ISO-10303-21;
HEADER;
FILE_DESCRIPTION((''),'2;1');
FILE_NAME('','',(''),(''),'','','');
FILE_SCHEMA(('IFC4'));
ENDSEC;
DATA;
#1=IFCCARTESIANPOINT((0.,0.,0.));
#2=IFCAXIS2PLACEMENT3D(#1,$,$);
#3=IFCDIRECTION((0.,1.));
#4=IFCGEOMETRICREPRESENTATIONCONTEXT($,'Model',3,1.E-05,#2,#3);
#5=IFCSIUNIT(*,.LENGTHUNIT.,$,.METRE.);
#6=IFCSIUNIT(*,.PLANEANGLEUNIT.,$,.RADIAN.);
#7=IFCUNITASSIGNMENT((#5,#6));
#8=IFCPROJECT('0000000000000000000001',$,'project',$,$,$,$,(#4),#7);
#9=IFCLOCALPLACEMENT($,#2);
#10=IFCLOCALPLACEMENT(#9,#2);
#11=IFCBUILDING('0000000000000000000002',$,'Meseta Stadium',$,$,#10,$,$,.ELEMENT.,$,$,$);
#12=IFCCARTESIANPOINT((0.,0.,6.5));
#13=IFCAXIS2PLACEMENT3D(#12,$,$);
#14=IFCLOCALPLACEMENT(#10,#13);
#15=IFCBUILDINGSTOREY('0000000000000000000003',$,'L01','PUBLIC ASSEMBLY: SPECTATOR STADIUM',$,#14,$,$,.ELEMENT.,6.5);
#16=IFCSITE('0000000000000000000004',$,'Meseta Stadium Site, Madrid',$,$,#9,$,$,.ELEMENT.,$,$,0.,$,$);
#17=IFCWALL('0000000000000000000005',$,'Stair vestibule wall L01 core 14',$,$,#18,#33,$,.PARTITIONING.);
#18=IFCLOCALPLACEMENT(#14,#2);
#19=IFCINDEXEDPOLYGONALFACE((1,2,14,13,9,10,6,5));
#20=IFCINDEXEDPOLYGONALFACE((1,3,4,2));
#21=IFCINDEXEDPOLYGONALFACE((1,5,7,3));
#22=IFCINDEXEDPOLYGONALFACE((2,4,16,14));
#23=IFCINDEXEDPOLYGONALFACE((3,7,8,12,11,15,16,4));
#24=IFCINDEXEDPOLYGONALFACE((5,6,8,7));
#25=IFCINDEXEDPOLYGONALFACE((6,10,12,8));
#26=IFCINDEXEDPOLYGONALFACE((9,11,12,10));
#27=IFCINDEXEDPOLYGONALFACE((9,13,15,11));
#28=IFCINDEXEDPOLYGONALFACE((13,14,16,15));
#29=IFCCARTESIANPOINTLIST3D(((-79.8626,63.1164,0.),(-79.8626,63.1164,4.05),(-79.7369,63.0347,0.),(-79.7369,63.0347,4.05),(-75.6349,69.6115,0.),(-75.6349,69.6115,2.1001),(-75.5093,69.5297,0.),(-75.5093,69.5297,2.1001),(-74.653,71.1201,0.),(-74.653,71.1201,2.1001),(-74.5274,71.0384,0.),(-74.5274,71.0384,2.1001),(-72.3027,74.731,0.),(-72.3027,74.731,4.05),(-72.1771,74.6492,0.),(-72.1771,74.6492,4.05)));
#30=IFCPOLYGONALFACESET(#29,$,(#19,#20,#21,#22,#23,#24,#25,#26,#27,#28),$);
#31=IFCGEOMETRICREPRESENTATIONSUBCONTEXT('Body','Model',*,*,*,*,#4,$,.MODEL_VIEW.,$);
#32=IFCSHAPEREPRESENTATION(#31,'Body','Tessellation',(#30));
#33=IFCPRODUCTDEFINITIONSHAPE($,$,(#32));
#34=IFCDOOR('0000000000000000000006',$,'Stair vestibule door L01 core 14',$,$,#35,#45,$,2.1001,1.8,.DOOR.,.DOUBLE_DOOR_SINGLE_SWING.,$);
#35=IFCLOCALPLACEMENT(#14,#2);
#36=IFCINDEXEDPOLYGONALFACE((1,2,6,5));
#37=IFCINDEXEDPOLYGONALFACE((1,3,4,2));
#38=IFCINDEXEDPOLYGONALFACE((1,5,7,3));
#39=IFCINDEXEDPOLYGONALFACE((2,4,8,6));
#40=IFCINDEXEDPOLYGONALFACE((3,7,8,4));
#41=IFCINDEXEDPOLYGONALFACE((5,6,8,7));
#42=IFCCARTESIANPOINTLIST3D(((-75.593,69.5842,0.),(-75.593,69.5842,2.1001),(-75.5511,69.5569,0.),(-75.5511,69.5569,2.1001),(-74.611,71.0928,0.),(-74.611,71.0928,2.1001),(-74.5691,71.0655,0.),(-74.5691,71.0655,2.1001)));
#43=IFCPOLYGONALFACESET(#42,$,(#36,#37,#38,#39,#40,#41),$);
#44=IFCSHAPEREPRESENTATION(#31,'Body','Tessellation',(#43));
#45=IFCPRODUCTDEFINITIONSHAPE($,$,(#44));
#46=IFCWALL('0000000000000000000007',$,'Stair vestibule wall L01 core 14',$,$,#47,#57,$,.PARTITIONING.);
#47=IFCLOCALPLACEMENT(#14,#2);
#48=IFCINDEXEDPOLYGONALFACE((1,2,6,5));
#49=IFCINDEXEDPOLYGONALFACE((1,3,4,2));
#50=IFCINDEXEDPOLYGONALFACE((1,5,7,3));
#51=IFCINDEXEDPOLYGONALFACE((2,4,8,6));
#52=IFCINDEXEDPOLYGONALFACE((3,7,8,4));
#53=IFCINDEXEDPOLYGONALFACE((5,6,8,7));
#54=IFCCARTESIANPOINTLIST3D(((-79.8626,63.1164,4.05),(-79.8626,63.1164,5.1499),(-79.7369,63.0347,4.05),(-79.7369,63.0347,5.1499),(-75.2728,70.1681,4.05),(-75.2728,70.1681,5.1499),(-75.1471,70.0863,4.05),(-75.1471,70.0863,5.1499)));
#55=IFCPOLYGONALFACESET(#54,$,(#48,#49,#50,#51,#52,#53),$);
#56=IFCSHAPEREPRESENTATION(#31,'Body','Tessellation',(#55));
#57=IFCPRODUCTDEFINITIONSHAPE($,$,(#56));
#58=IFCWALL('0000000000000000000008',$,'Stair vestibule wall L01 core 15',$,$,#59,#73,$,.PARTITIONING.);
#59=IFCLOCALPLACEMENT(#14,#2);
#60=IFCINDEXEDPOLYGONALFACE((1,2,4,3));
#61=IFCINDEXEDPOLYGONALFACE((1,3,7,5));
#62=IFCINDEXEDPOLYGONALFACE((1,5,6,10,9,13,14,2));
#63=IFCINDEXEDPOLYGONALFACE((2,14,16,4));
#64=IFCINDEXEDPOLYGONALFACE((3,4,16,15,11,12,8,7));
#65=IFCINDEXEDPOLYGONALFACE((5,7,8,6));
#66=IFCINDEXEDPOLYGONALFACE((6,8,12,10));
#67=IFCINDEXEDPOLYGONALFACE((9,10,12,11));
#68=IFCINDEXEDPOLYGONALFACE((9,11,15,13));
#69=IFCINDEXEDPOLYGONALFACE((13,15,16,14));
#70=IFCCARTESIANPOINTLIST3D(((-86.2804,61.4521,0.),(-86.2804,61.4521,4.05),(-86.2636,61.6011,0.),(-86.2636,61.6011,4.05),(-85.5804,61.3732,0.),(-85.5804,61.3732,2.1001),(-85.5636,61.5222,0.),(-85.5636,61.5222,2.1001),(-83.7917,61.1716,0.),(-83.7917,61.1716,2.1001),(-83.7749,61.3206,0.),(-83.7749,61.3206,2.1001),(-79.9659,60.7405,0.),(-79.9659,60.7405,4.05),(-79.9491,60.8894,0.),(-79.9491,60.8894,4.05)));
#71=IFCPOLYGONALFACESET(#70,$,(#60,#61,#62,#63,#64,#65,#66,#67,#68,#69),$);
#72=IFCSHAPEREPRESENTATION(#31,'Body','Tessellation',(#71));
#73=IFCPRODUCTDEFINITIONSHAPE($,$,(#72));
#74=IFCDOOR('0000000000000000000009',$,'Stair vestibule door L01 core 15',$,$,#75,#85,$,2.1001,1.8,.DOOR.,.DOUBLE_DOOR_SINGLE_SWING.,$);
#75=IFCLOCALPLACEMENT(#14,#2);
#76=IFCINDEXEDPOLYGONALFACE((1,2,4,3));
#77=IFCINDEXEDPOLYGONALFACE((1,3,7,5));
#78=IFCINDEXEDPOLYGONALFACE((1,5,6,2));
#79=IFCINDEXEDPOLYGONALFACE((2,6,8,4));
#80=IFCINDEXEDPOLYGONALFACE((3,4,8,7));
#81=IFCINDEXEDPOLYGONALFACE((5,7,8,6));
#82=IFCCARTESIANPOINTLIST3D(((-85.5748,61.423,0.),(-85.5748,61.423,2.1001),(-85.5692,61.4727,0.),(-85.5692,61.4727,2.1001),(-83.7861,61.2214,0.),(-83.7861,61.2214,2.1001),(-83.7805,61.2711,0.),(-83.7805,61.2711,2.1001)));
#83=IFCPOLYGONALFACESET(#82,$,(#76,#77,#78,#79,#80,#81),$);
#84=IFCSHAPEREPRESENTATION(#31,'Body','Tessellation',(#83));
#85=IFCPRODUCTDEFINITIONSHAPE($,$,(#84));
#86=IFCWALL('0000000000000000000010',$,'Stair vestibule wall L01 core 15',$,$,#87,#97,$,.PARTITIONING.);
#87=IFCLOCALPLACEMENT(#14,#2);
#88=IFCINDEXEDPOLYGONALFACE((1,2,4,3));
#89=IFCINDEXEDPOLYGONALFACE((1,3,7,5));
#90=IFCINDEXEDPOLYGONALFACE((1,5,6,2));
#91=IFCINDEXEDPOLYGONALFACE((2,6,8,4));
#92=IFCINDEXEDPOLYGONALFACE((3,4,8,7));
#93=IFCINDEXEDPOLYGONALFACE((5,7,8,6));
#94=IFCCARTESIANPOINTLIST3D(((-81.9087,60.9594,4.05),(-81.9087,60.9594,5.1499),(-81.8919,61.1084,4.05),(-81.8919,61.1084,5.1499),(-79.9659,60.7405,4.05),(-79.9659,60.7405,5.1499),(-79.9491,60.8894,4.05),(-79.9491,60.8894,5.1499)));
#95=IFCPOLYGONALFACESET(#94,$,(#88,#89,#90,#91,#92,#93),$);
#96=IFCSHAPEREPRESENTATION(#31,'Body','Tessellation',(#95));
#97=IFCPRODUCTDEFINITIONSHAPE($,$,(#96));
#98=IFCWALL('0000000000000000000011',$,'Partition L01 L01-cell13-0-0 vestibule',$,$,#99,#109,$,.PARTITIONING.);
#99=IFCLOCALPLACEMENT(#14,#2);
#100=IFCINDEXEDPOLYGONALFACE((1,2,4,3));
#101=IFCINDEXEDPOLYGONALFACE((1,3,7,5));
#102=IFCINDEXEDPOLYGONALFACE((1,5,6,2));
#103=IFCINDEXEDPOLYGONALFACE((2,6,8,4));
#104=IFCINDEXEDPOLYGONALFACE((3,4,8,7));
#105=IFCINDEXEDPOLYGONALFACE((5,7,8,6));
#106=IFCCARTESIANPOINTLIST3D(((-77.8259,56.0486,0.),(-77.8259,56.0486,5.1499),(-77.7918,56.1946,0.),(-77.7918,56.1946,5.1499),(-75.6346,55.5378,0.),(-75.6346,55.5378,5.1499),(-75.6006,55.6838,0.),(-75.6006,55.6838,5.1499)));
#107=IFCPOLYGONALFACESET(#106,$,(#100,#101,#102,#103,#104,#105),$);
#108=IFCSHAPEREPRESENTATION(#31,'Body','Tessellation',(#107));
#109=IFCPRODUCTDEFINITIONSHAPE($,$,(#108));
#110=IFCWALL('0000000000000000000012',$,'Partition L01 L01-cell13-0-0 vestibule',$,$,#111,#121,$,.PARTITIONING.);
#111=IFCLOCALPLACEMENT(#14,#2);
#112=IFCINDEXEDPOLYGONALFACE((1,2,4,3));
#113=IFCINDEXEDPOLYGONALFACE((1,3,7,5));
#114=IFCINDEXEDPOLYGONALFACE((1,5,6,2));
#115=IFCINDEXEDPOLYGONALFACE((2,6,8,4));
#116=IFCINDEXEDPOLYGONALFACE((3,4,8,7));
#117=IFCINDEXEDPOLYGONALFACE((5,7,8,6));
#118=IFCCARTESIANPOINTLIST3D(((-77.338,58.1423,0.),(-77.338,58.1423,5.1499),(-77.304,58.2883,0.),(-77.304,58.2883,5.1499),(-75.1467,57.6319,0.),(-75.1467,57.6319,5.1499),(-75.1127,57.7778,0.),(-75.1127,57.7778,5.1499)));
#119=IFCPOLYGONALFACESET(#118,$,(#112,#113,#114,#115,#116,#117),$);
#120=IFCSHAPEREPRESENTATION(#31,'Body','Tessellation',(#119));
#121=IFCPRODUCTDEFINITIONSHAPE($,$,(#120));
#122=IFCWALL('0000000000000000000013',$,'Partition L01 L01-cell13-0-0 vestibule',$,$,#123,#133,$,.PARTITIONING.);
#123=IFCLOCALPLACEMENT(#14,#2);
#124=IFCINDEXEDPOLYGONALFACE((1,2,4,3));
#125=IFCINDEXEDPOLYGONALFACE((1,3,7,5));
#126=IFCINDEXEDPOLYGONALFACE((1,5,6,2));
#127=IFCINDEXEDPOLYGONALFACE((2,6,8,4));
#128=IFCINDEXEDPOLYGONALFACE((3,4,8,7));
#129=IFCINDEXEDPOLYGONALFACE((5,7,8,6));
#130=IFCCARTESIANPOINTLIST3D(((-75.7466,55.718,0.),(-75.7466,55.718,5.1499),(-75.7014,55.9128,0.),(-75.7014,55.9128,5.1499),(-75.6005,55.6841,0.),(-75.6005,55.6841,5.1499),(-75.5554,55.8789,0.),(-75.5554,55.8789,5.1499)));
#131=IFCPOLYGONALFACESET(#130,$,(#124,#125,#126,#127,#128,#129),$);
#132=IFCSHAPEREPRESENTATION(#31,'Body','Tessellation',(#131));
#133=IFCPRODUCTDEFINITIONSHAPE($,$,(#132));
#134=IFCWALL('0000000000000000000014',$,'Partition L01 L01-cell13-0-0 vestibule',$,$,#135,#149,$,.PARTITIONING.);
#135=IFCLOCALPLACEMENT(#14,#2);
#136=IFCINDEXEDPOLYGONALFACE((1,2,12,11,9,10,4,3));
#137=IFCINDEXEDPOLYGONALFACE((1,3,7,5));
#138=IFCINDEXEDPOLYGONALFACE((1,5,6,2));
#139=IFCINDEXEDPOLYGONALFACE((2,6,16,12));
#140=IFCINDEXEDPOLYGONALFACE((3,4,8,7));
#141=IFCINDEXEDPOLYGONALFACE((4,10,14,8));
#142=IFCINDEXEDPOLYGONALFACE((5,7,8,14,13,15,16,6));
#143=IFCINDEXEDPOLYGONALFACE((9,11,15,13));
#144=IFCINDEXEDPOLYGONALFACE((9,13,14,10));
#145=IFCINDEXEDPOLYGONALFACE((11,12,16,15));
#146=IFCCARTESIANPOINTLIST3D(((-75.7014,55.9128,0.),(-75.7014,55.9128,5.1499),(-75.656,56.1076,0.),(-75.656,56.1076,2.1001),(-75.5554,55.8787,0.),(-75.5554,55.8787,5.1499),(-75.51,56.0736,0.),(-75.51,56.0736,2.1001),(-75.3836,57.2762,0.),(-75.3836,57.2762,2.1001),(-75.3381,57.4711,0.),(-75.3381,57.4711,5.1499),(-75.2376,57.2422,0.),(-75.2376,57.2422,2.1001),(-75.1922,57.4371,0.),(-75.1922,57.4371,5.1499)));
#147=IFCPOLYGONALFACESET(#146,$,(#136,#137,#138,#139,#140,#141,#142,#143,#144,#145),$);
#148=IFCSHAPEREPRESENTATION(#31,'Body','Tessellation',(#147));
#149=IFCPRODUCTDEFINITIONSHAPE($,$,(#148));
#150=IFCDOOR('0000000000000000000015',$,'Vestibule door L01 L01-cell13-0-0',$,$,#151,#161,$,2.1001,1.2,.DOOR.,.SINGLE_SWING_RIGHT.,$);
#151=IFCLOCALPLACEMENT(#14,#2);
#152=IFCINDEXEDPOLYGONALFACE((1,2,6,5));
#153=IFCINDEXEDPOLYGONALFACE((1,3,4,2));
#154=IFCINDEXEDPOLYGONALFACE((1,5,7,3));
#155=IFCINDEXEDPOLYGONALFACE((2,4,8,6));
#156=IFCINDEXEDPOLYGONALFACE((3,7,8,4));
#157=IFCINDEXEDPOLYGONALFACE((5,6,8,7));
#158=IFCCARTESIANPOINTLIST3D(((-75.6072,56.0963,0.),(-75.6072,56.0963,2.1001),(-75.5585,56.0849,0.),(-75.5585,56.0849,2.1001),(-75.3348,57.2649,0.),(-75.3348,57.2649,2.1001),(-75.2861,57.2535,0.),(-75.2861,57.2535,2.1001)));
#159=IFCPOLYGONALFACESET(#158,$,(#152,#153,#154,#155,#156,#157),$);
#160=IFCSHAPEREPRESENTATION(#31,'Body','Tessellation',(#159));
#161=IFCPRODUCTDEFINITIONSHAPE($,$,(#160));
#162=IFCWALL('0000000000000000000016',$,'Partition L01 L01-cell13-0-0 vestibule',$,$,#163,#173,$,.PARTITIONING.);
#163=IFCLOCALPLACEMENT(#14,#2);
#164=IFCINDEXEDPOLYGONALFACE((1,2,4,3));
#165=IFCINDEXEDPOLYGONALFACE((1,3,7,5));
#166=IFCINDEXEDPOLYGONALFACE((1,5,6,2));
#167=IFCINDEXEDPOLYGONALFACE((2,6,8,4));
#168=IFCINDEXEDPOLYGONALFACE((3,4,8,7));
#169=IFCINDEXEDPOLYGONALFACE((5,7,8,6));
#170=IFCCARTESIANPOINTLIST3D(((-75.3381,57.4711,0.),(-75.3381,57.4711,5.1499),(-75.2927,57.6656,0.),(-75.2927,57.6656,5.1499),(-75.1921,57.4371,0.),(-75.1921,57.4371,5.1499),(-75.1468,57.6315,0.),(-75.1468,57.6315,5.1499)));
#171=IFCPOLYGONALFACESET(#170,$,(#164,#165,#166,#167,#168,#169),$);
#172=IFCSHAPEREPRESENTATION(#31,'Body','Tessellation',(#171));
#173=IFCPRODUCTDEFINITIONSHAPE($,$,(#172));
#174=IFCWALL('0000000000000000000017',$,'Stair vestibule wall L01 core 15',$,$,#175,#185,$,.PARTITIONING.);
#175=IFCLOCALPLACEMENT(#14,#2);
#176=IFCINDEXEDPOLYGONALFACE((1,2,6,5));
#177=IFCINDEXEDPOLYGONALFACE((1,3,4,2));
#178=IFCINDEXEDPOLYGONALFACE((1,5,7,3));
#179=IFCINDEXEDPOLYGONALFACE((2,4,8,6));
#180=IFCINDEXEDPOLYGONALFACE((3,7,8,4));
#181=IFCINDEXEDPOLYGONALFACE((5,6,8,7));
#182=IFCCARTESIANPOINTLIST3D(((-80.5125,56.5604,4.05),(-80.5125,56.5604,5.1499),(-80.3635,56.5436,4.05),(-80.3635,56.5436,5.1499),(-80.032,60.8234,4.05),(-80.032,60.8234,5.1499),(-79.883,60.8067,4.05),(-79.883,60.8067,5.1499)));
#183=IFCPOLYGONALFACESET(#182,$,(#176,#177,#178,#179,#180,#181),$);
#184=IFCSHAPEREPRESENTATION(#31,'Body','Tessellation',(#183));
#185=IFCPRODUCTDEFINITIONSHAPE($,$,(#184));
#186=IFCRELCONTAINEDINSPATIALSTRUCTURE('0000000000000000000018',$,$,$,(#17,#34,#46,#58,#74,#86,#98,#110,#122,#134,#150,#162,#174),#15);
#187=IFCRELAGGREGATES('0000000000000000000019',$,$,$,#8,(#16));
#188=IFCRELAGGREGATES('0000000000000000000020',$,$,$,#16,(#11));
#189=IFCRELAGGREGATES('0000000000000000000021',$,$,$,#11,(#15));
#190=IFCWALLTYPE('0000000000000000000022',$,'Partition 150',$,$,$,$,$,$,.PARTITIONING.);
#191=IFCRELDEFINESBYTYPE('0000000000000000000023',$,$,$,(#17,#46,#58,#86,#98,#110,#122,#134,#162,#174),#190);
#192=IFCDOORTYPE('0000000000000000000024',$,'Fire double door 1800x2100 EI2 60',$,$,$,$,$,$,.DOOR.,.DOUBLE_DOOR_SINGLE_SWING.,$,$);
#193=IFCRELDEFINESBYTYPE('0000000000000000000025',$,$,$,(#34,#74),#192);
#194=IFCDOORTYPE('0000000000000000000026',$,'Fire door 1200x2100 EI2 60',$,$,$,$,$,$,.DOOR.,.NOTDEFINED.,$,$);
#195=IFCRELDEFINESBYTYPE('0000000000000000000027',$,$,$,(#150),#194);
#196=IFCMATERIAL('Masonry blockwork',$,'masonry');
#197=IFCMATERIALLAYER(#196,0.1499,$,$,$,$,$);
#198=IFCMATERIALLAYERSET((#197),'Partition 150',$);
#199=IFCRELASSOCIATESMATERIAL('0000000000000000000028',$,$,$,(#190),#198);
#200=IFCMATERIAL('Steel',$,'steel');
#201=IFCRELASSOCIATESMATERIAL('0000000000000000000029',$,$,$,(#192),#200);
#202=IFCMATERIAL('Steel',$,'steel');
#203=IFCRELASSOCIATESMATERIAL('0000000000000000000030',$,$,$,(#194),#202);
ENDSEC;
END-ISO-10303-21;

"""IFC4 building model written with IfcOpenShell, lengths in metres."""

from ifc_helpers import new_model, si_unit, direction, frame, frame_2d, origin, place, context, subcontext, project, spatial, rectangle, extrude, material, layer, layer_set, type_object, element, fill, save


model = new_model("IFC4")

# Units and contexts
model_context = context("Model", 3, precision=1e-05, world=origin(), true_north=direction((0.0, 1.0)))
body_context = subcontext(model_context, "Body", "Model", "MODEL_VIEW")
ifc_project = project(units=[si_unit("LENGTHUNIT", "METRE"), si_unit("PLANEANGLEUNIT", "RADIAN")], contexts=[model_context])

# Site, building, storey
site_placement = place(None, origin())
site = spatial("IfcSite", under=ifc_project, at=site_placement, Name="Meseta Stadium Site, Madrid", CompositionType="ELEMENT", RefElevation=0.0)
building_placement = place(site_placement, origin())
building = spatial("IfcBuilding", under=site, at=building_placement, Name="Meseta Stadium", CompositionType="ELEMENT")
storey_placement = place(building_placement, frame((0.0, 0.0, 6.5)))
storey = spatial("IfcBuildingStorey", under=building, at=storey_placement, Name="L01", Description="PUBLIC ASSEMBLY: SPECTATOR STADIUM", CompositionType="ELEMENT", Elevation=6.5)

# Shared definitions
ifc_material_1 = material(Name="Masonry blockwork", Category="masonry")
ifc_layer = layer(ifc_material_1, 0.1499)
ifc_layer_set = layer_set([ifc_layer], Name="Partition 150")
wall_type = type_object("IfcWallType", Name="Partition 150", PredefinedType="PARTITIONING", material=ifc_layer_set)

# Wall, opening, door
wall_1_placement = place(storey_placement, frame((-79.7998, 63.0754, 0.0), z_axis=(0.0, 0.0, 1.0), x_axis=(0.545515, 0.838101, 0.0)))
wall_1 = element("IfcWall", 1, at=wall_1_placement, inside=storey, type_object=wall_type, Name="Stair vestibule wall L01 core 14", PredefinedType="PARTITIONING", context=body_context, shape_type="SweptSolid", body=[
    extrude(rectangle(XDim=13.8582, YDim=0.1499, at=frame_2d((6.9292, 0.0))), origin(), (0.0, 0.0, 1.0), 4.05),
])
opening_1_placement = place(wall_1_placement, frame((7.75, 0.0, 0.0)))
opening_1 = element("IfcOpeningElement", 2, at=opening_1_placement, cuts=wall_1, PredefinedType="OPENING", context=body_context, shape_type="SweptSolid", body=[
    extrude(rectangle(XDim=1.8, YDim=2.1001, at=frame_2d((0.8999, 1.05))), frame((0.0, 0.085, 0.0), z_axis=(0.0, -1.0, 0.0), x_axis=(1.0, 0.0, 0.0)), (0.0, 0.0, 1.0), 0.1699),
])
ifc_material_2 = material(Name="Steel", Category="steel")
door_type_1 = type_object("IfcDoorType", Name="Fire double door 1800x2100 EI2 60", OperationType="DOUBLE_DOOR_SINGLE_SWING", PredefinedType="DOOR", material=ifc_material_2)
door_1_placement = place(opening_1_placement, origin())
door_1 = element("IfcDoor", 3, at=door_1_placement, inside=storey, type_object=door_type_1, Name="Stair vestibule door L01 core 14", OperationType="DOUBLE_DOOR_SINGLE_SWING", OverallHeight=2.1001, OverallWidth=1.8, PredefinedType="DOOR", context=body_context, shape_type="SweptSolid", body=[
    extrude(rectangle(XDim=1.8, YDim=2.1001, at=frame_2d((0.8999, 1.05))), frame((0.0, 0.0249, 0.0), z_axis=(0.0, -1.0, 0.0), x_axis=(1.0, 0.0, 0.0)), (0.0, 0.0, 1.0), 0.05),
])
fill(opening_1, door_1)

# Wall
wall_2_placement = place(storey_placement, frame((-79.7998, 63.0754, 4.05), z_axis=(0.0, 0.0, 1.0), x_axis=(0.545506, 0.838107, 0.0)))
element("IfcWall", 4, at=wall_2_placement, inside=storey, type_object=wall_type, Name="Stair vestibule wall L01 core 14", PredefinedType="PARTITIONING", context=body_context, shape_type="SweptSolid", body=[
    extrude(rectangle(XDim=8.4138, YDim=0.1499, at=frame_2d((4.207, 0.0))), origin(), (0.0, 0.0, 1.0), 1.0999),
])

# Wall, opening, door
wall_3_placement = place(storey_placement, frame((-79.9575, 60.8149, 0.0), z_axis=(0.0, 0.0, 1.0), x_axis=(-0.993709, 0.111996, 0.0)))
wall_3 = element("IfcWall", 5, at=wall_3_placement, inside=storey, type_object=wall_type, Name="Stair vestibule wall L01 core 15", PredefinedType="PARTITIONING", context=body_context, shape_type="SweptSolid", body=[
    extrude(rectangle(XDim=6.3545, YDim=0.1499, at=frame_2d((3.1772, 0.0))), origin(), (0.0, 0.0, 1.0), 4.05),
])
opening_2_placement = place(wall_3_placement, frame((3.8501, 0.0, 0.0)))
opening_2 = element("IfcOpeningElement", 6, at=opening_2_placement, cuts=wall_3, PredefinedType="OPENING", context=body_context, shape_type="SweptSolid", body=[
    extrude(rectangle(XDim=1.8, YDim=2.1001, at=frame_2d((0.8999, 1.05))), frame((0.0, 0.085, 0.0), z_axis=(0.0, -1.0, 0.0), x_axis=(1.0, 0.0, 0.0)), (0.0, 0.0, 1.0), 0.1699),
])
door_2_placement = place(opening_2_placement, origin())
door_2 = element("IfcDoor", 7, at=door_2_placement, inside=storey, type_object=door_type_1, Name="Stair vestibule door L01 core 15", OperationType="DOUBLE_DOOR_SINGLE_SWING", OverallHeight=2.1001, OverallWidth=1.8, PredefinedType="DOOR", context=body_context, shape_type="SweptSolid", body=[
    extrude(rectangle(XDim=1.8, YDim=2.1001, at=frame_2d((0.8999, 1.05))), frame((0.0, 0.0249, 0.0), z_axis=(0.0, -1.0, 0.0), x_axis=(1.0, 0.0, 0.0)), (0.0, 0.0, 1.0), 0.05),
])
fill(opening_2, door_2)

# Walls
wall_4_placement = place(storey_placement, frame((-79.9575, 60.8149, 4.05), z_axis=(0.0, 0.0, 1.0), x_axis=(-0.993707, 0.112007, 0.0)))
element("IfcWall", 8, at=wall_4_placement, inside=storey, type_object=wall_type, Name="Stair vestibule wall L01 core 15", PredefinedType="PARTITIONING", context=body_context, shape_type="SweptSolid", body=[
    extrude(rectangle(XDim=1.9551, YDim=0.1499, at=frame_2d((0.9775, 0.0))), origin(), (0.0, 0.0, 1.0), 1.0999),
])
for number, where, z_axis, x_axis, name in (
    (9, (-77.8088, 56.1216, 0.0), (0.0, 0.0, 1.0), (0.973893, -0.227007, 0.0), "Partition L01 L01-cell13-0-0 vestibule"),
    (10, (-77.321, 58.2153, 0.0), (0.0, 0.0, 1.0), (0.973923, -0.22688, 0.0), "Partition L01 L01-cell13-0-0 vestibule"),
):
    element("IfcWall", number, at=place(storey_placement, frame(where, z_axis=z_axis, x_axis=x_axis)), inside=storey, type_object=wall_type, Name=name, PredefinedType="PARTITIONING", context=body_context, shape_type="SweptSolid", body=[
        extrude(rectangle(XDim=2.25, YDim=0.1499, at=frame_2d((1.125, 0.0))), origin(), (0.0, 0.0, 1.0), 5.1499),
    ])
wall_5_placement = place(storey_placement, frame((-75.6736, 55.7009, 0.0), z_axis=(0.0, 0.0, 1.0), x_axis=(0.22584, 0.974164, 0.0)))
element("IfcWall", 11, at=wall_5_placement, inside=storey, type_object=wall_type, Name="Partition L01 L01-cell13-0-0 vestibule", PredefinedType="PARTITIONING", context=body_context, shape_type="SweptSolid", body=[
    extrude(rectangle(XDim=0.2, YDim=0.1499, at=frame_2d((0.1001, 0.0))), origin(), (0.0, 0.0, 1.0), 5.1499),
])

# Wall, opening, door
wall_6_placement = place(storey_placement, frame((-75.6284, 55.8958, 0.0), z_axis=(0.0, 0.0, 1.0), x_axis=(0.227032, 0.973887, 0.0)))
wall_6 = element("IfcWall", 12, at=wall_6_placement, inside=storey, type_object=wall_type, Name="Partition L01 L01-cell13-0-0 vestibule", PredefinedType="PARTITIONING", context=body_context, shape_type="SweptSolid", body=[
    extrude(rectangle(XDim=1.6001, YDim=0.1499, at=frame_2d((0.8, 0.0))), origin(), (0.0, 0.0, 1.0), 5.1499),
])
opening_3_placement = place(wall_6_placement, frame((0.2, 0.0, 0.0)))
opening_3 = element("IfcOpeningElement", 13, at=opening_3_placement, cuts=wall_6, PredefinedType="OPENING", context=body_context, shape_type="SweptSolid", body=[
    extrude(rectangle(XDim=1.2, YDim=2.1001, at=frame_2d((0.6001, 1.05))), frame((0.0, 0.085, 0.0), z_axis=(0.0, -1.0, 0.0), x_axis=(1.0, 0.0, 0.0)), (0.0, 0.0, 1.0), 0.1699),
])
ifc_material_3 = material(Name="Steel", Category="steel")
door_type_2 = type_object("IfcDoorType", Name="Fire door 1200x2100 EI2 60", OperationType="NOTDEFINED", PredefinedType="DOOR", material=ifc_material_3)
door_3_placement = place(opening_3_placement, origin())
door_3 = element("IfcDoor", 14, at=door_3_placement, inside=storey, type_object=door_type_2, Name="Vestibule door L01 L01-cell13-0-0", OperationType="SINGLE_SWING_RIGHT", OverallHeight=2.1001, OverallWidth=1.2, PredefinedType="DOOR", context=body_context, shape_type="SweptSolid", body=[
    extrude(rectangle(XDim=1.2, YDim=2.1001, at=frame_2d((0.6001, 1.05))), frame((0.0, 0.0249, 0.0), z_axis=(0.0, -1.0, 0.0), x_axis=(1.0, 0.0, 0.0)), (0.0, 0.0, 1.0), 0.05),
])
fill(opening_3, door_3)

# Walls
wall_7_placement = place(storey_placement, frame((-75.2651, 57.4541, 0.0), z_axis=(0.0, 0.0, 1.0), x_axis=(0.227268, 0.973832, 0.0)))
element("IfcWall", 15, at=wall_7_placement, inside=storey, type_object=wall_type, Name="Partition L01 L01-cell13-0-0 vestibule", PredefinedType="PARTITIONING", context=body_context, shape_type="SweptSolid", body=[
    extrude(rectangle(XDim=0.1997, YDim=0.1499, at=frame_2d((0.0999, 0.0))), origin(), (0.0, 0.0, 1.0), 5.1499),
])
wall_8_placement = place(storey_placement, frame((-80.438, 56.552, 4.05), z_axis=(0.0, 0.0, 1.0), x_axis=(0.111999, 0.993708, 0.0)))
element("IfcWall", 16, at=wall_8_placement, inside=storey, type_object=wall_type, Name="Stair vestibule wall L01 core 15", PredefinedType="PARTITIONING", context=body_context, shape_type="SweptSolid", body=[
    extrude(rectangle(XDim=4.29, YDim=0.1499, at=frame_2d((2.145, 0.0))), origin(), (0.0, 0.0, 1.0), 1.0999),
])

save(model, "model.ifc")
